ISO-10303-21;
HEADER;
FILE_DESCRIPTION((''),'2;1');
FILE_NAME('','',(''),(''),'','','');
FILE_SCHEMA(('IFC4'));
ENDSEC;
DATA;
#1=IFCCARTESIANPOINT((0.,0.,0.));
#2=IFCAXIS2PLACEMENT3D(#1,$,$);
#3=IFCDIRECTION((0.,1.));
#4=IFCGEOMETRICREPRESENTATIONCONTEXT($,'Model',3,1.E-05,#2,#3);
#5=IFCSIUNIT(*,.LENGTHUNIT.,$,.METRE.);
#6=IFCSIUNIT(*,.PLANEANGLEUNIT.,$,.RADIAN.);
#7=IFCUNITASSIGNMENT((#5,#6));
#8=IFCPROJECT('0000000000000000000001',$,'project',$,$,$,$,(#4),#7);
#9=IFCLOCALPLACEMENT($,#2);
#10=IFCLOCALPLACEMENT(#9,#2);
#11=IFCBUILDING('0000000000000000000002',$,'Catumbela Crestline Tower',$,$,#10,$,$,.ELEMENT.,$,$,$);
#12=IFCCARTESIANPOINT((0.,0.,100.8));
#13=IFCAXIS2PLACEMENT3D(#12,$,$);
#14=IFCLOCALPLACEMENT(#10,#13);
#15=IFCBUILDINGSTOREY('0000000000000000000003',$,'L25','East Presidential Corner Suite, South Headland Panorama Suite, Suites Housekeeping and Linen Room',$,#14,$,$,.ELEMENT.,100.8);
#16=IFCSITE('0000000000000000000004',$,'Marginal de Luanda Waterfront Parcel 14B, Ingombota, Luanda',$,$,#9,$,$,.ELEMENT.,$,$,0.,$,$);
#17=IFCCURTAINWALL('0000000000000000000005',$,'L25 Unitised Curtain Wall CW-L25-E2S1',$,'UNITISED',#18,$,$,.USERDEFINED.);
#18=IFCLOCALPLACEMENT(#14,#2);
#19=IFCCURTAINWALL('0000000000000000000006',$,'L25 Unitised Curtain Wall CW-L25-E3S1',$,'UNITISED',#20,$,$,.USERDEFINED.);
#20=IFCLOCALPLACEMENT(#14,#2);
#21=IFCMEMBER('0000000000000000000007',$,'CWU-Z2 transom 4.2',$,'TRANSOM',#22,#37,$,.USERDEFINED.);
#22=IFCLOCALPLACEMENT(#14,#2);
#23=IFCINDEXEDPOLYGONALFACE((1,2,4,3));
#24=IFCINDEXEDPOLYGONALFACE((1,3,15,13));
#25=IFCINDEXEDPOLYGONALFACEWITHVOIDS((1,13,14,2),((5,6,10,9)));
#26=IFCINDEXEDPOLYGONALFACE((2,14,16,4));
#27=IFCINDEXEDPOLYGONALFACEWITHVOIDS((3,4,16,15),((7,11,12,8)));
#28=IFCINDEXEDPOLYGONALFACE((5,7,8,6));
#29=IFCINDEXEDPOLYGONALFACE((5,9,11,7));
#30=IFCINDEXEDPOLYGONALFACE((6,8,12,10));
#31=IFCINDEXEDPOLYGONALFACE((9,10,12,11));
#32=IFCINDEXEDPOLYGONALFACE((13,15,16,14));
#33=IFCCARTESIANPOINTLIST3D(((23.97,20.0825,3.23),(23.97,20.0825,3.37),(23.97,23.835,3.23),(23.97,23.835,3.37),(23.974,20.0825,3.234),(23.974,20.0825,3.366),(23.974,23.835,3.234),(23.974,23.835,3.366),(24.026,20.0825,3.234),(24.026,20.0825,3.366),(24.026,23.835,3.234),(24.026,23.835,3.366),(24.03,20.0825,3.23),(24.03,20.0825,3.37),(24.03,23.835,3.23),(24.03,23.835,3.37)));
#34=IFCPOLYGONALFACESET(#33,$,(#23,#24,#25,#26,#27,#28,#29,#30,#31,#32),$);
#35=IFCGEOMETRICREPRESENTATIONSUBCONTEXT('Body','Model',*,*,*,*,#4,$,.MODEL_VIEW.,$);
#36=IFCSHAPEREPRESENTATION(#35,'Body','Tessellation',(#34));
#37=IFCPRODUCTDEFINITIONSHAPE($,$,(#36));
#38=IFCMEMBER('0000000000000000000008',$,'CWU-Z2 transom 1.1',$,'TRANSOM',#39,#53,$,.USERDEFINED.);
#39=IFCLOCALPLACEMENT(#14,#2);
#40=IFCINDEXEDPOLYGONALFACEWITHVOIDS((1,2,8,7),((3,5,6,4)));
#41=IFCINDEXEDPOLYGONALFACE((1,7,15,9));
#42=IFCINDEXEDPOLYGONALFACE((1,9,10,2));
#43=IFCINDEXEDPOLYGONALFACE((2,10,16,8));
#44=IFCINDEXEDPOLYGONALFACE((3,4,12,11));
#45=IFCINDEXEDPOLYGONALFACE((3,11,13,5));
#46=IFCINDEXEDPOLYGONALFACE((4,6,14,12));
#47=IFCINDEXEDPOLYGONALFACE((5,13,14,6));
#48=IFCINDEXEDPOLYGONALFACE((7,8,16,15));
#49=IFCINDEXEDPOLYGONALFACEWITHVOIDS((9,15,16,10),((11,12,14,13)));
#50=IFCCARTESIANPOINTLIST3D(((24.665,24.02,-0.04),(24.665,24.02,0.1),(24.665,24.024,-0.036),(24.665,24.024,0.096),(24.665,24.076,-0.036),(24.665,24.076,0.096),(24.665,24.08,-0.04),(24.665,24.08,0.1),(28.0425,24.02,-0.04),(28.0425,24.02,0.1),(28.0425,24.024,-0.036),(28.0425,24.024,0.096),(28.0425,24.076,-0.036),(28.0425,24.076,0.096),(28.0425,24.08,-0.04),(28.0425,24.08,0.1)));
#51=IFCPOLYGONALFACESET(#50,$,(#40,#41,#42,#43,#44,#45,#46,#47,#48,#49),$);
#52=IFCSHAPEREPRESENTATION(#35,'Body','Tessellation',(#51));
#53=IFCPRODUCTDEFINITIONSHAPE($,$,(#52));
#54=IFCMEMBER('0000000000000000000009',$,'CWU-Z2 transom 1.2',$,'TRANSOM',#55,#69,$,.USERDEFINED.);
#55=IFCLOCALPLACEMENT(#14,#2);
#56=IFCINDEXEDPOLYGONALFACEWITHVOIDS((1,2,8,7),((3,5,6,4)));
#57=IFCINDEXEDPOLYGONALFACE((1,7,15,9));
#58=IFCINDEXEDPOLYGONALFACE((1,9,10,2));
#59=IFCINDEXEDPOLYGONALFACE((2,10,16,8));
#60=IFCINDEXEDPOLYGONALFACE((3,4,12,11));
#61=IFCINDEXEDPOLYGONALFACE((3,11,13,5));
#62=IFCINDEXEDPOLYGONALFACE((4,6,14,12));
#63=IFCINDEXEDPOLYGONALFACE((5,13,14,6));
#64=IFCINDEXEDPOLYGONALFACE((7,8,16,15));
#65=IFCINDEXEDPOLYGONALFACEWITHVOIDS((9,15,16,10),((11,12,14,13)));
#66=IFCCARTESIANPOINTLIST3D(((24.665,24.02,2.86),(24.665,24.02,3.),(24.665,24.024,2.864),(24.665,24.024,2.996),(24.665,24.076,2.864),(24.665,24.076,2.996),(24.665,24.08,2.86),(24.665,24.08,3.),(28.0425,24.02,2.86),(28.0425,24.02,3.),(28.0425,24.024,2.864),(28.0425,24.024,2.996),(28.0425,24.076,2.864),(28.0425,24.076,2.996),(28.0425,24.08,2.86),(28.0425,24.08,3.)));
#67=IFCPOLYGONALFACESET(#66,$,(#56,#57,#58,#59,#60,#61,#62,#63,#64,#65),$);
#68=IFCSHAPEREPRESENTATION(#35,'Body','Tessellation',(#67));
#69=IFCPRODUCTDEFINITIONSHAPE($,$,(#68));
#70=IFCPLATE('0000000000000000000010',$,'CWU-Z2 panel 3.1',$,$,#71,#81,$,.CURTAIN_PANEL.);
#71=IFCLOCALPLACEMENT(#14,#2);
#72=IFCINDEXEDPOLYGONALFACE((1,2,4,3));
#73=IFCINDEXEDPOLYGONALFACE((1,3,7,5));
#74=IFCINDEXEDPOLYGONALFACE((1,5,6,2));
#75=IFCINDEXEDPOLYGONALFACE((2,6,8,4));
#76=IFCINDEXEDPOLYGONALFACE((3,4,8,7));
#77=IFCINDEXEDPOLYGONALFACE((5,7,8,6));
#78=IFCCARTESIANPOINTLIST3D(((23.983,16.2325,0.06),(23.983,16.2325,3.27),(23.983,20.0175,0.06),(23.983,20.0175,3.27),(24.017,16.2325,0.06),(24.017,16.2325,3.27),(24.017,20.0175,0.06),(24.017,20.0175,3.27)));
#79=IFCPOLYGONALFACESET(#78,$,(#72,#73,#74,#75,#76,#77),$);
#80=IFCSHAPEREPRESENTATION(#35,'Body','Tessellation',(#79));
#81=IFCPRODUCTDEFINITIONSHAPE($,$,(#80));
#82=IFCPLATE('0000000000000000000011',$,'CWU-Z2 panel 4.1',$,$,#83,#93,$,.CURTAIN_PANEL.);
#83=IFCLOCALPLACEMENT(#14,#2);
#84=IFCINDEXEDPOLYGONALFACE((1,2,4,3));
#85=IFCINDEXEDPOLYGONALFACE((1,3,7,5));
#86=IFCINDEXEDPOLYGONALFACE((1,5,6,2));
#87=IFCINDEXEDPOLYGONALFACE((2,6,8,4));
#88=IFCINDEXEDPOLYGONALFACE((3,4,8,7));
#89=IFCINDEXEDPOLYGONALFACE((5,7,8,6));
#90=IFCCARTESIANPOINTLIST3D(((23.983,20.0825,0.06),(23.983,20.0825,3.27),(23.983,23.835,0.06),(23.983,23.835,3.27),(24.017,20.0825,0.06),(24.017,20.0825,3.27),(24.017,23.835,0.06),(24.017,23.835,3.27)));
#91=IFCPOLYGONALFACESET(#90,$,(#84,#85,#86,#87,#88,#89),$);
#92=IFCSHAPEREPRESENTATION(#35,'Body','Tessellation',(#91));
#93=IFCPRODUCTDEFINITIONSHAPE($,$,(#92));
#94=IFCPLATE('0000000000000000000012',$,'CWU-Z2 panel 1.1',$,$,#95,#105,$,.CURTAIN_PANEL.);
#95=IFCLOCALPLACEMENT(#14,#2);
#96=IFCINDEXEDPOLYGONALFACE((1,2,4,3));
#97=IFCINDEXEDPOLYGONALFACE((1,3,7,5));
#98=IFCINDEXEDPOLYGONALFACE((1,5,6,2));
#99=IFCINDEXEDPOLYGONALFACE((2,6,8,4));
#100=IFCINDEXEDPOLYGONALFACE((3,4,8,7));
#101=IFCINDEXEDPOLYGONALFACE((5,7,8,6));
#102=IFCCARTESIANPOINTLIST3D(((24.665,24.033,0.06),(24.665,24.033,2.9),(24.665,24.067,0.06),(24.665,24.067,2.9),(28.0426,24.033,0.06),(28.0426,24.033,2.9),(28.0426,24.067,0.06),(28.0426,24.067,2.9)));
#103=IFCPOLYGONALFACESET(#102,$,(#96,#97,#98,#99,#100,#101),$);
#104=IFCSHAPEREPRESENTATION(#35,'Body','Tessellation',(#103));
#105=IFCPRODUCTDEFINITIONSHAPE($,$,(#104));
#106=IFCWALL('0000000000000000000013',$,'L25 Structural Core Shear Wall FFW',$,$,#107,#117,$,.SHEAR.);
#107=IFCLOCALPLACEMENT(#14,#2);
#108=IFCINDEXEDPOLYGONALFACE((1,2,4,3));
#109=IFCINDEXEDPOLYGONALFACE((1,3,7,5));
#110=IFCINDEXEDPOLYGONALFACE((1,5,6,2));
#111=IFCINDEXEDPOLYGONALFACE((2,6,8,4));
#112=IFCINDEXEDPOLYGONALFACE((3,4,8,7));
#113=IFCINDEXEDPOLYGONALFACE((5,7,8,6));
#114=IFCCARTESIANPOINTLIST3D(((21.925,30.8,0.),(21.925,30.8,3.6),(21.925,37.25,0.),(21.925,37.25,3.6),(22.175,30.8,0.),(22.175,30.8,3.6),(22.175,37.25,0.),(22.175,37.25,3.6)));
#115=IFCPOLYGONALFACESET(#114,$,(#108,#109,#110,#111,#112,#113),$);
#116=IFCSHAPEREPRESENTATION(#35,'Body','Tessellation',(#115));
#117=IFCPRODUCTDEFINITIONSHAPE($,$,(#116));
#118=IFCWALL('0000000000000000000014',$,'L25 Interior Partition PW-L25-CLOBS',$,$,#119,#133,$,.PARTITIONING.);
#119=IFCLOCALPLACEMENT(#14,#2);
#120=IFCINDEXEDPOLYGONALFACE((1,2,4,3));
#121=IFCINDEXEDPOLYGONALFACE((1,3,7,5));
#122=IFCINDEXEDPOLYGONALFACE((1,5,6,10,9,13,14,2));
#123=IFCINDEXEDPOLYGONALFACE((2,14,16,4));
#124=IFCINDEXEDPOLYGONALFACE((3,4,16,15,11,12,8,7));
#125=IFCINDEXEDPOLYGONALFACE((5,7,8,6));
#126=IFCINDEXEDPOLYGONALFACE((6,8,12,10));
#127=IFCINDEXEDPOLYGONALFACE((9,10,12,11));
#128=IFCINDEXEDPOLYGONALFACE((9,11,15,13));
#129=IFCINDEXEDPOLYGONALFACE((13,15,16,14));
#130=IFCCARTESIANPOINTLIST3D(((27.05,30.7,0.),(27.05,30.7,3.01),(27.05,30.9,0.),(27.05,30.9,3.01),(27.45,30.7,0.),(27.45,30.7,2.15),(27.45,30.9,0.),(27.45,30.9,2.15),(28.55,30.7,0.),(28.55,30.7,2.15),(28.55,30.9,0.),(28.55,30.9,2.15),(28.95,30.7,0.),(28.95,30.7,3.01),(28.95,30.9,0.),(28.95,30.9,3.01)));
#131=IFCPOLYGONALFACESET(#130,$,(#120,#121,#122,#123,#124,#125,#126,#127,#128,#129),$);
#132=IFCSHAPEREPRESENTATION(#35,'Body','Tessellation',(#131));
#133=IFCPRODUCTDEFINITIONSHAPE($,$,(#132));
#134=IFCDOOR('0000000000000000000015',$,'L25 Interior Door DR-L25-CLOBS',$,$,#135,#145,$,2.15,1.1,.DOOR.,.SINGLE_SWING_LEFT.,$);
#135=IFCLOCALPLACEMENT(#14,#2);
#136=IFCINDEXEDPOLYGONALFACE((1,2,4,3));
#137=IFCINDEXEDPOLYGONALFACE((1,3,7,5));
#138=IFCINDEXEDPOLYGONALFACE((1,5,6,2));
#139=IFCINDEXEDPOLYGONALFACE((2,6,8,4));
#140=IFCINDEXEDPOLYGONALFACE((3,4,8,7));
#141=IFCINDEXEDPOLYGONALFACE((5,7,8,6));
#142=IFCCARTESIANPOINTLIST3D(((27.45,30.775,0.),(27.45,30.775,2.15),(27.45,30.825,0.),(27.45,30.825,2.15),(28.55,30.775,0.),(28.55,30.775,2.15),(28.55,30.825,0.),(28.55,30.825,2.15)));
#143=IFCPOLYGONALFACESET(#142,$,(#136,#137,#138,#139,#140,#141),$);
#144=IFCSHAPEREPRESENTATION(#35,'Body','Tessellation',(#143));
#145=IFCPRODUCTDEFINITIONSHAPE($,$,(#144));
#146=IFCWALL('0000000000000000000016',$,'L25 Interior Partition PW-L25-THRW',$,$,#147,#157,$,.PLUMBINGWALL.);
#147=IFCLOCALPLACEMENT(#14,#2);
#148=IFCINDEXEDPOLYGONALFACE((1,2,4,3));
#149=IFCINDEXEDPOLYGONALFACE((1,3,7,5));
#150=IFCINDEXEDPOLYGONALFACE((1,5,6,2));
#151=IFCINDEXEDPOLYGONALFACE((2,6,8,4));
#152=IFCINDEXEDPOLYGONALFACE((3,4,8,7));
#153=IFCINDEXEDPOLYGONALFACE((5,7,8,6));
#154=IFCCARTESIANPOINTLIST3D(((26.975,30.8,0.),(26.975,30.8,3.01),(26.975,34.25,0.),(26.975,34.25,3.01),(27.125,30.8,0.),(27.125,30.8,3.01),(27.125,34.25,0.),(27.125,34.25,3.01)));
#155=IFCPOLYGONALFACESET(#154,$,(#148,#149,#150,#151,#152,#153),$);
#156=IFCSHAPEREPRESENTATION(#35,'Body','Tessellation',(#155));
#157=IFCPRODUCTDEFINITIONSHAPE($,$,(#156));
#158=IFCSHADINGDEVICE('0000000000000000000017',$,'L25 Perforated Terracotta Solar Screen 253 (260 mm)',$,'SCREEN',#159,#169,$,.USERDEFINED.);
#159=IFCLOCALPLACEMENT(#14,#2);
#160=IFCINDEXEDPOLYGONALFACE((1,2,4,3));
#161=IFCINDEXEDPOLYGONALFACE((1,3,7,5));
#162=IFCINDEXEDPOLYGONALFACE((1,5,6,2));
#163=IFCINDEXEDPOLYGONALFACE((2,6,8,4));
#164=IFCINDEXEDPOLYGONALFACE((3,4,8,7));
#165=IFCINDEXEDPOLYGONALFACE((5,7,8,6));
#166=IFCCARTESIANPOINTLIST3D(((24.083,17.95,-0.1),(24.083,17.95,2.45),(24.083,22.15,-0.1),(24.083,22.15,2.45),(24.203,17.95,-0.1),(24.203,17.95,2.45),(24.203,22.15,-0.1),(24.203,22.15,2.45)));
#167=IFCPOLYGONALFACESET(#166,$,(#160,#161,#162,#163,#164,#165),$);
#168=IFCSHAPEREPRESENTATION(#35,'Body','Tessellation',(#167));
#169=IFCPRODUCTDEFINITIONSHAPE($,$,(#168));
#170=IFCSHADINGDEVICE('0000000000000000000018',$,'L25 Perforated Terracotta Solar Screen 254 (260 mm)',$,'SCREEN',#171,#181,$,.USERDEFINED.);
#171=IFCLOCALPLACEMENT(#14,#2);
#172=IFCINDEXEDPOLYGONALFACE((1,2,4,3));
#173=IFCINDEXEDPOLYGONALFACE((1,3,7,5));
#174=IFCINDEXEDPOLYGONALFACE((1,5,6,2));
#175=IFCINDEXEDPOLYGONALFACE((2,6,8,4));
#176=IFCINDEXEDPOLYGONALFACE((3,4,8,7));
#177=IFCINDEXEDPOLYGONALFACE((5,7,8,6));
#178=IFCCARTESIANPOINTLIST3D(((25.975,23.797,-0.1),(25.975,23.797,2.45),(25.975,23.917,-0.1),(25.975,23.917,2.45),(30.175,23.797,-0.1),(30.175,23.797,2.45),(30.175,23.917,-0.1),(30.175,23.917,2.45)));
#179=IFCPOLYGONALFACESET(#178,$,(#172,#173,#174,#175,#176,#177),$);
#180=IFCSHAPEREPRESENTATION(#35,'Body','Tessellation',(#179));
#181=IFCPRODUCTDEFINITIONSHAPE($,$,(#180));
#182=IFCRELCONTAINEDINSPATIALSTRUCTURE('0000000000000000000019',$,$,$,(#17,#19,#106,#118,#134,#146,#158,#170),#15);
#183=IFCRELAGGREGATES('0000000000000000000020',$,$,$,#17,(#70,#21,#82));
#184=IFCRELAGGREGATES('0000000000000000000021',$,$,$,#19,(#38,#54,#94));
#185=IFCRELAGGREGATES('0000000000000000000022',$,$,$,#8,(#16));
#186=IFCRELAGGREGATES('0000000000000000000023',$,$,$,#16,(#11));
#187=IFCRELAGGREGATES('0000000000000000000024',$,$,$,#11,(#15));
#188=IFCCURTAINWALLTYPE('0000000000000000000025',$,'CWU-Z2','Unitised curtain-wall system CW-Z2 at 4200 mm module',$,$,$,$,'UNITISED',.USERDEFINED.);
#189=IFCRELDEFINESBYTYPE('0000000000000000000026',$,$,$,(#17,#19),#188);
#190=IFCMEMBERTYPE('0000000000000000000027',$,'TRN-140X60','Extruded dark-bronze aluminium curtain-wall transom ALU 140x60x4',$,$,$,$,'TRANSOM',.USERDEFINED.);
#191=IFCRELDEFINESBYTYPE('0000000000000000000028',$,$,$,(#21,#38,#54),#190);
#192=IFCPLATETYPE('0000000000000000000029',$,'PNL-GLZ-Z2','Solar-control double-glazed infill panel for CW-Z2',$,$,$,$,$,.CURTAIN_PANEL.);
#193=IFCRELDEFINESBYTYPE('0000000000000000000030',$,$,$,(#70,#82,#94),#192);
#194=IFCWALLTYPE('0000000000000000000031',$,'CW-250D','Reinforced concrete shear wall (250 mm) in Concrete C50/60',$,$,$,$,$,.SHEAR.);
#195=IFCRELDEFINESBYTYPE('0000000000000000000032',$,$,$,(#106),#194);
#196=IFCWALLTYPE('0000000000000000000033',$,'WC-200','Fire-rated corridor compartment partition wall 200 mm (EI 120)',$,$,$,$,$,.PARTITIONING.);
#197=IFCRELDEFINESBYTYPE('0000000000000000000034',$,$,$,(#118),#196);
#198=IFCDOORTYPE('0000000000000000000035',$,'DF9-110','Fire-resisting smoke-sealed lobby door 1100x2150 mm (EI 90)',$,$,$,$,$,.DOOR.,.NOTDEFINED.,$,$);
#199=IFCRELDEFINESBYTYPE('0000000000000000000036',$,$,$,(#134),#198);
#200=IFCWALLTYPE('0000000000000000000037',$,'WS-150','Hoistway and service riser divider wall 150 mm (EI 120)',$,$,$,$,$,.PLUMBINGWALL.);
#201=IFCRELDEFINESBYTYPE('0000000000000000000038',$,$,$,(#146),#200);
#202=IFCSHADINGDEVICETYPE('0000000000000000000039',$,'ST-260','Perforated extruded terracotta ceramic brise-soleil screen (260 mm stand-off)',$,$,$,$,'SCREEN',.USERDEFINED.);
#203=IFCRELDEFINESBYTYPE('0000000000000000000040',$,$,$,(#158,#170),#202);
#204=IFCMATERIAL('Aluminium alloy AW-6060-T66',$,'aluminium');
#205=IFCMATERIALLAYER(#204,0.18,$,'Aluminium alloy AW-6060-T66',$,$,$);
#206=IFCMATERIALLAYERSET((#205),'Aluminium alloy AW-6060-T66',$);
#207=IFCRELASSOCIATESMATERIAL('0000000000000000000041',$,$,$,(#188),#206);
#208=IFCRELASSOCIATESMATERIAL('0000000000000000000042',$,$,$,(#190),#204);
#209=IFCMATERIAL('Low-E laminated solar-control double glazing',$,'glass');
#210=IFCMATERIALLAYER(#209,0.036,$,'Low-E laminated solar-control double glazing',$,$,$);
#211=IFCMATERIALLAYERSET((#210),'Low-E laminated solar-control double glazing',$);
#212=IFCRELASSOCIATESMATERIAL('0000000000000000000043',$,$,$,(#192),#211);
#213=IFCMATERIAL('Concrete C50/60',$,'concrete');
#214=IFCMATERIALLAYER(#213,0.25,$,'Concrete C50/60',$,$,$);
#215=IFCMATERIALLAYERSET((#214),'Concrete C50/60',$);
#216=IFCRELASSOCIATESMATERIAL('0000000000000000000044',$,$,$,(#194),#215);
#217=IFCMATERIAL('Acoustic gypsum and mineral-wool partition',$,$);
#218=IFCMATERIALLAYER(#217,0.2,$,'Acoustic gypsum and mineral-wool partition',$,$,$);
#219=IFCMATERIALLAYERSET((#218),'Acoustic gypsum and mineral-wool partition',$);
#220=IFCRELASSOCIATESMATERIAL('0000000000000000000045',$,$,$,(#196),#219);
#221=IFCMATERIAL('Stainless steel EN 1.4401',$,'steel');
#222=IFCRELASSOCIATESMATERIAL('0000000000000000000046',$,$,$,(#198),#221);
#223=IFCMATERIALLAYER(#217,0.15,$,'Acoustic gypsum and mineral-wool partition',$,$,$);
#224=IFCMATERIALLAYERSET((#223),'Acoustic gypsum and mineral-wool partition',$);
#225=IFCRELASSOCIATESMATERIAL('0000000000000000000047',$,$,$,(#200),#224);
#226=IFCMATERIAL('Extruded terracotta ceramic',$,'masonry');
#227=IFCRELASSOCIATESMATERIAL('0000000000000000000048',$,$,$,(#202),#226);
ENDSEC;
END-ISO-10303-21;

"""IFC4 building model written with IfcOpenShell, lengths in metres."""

from ifc_helpers import new_model, si_unit, direction, frame, frame_2d, origin, origin_2d, place, context, subcontext, project, spatial, rectangle, hollow_rectangle, extrude, material, layer, layer_set, material_profile, profile_set, type_object, element, fill, aggregate, save


model = new_model("IFC4")

# Units and contexts
model_context = context("Model", 3, precision=1e-05, world=origin(), true_north=direction((0.0, 1.0)))
body_context = subcontext(model_context, "Body", "Model", "MODEL_VIEW")
ifc_project = project(units=[si_unit("LENGTHUNIT", "METRE"), si_unit("PLANEANGLEUNIT", "RADIAN")], contexts=[model_context])

# Site, building, storey
site_placement = place(None, origin())
site = spatial("IfcSite", under=ifc_project, at=site_placement, Name="Marginal de Luanda Waterfront Parcel 14B, Ingombota, Luanda", CompositionType="ELEMENT", RefElevation=0.0)
building_placement = place(site_placement, origin())
building = spatial("IfcBuilding", under=site, at=building_placement, Name="Catumbela Crestline Tower", CompositionType="ELEMENT")
storey_placement = place(building_placement, frame((0.0, 0.0, 100.8)))
storey = spatial("IfcBuildingStorey", under=building, at=storey_placement, Name="L25", Description="East Presidential Corner Suite, South Headland Panorama Suite, Suites Housekeeping and Linen Room", CompositionType="ELEMENT", Elevation=100.8)

# Shared definitions
ifc_material_1 = material(Name="Concrete C50/60", Category="concrete")

# Curtain walls
ifc_material_2 = material(Name="Aluminium alloy AW-6060-T66", Category="aluminium")
ifc_layer_1 = layer(ifc_material_2, 0.18, Name="Aluminium alloy AW-6060-T66")
ifc_layer_set_1 = layer_set([ifc_layer_1], Name="Aluminium alloy AW-6060-T66")
curtain_wall_type = type_object("IfcCurtainWallType", Name="CWU-Z2", Description="Unitised curtain-wall system CW-Z2 at 4200 mm module", ElementType="UNITISED", PredefinedType="USERDEFINED", material=ifc_layer_set_1)
curtain_wall_1_placement = place(storey_placement, origin())
curtain_wall_1 = element("IfcCurtainWall", 1, at=curtain_wall_1_placement, inside=storey, type_object=curtain_wall_type, Name="L25 Unitised Curtain Wall CW-L25-E2S1", ObjectType="UNITISED", PredefinedType="USERDEFINED")
curtain_wall_2_placement = place(storey_placement, origin())
curtain_wall_2 = element("IfcCurtainWall", 2, at=curtain_wall_2_placement, inside=storey, type_object=curtain_wall_type, Name="L25 Unitised Curtain Wall CW-L25-E3S1", ObjectType="UNITISED", PredefinedType="USERDEFINED")

# Members
ifc_material_profile_1 = material_profile(ifc_material_2, hollow_rectangle(XDim=0.06, YDim=0.14, WallThickness=0.004, at=origin_2d()), Name="ALU 140x60x4")
ifc_profile_set_1 = profile_set([ifc_material_profile_1], Name="Aluminium alloy AW-6060-T66")
member_type_1 = type_object("IfcMemberType", Name="TRN-140X60", Description="Extruded dark-bronze aluminium curtain-wall transom ALU 140x60x4", ElementType="TRANSOM", PredefinedType="USERDEFINED", material=ifc_profile_set_1)
member_1_placement = place(storey_placement, frame((24.0, 20.0825, 3.3), z_axis=(0.0, 1.0, 0.0), x_axis=(-1.0, 0.0, 0.0)))
member_1 = element("IfcMember", 3, at=member_1_placement, type_object=member_type_1, Name="CWU-Z2 transom 4.2", ObjectType="TRANSOM", PredefinedType="USERDEFINED", context=body_context, shape_type="SweptSolid", body=[
    extrude(hollow_rectangle(XDim=0.06, YDim=0.14, WallThickness=0.004, at=origin_2d()), origin(), (0.0, 0.0, 1.0), 3.7525),
])
member_2_placement = place(storey_placement, frame((24.665, 24.05, 0.03), z_axis=(1.0, 0.0, 0.0), x_axis=(0.0, 1.0, 0.0)))
member_2 = element("IfcMember", 4, at=member_2_placement, type_object=member_type_1, Name="CWU-Z2 transom 1.1", ObjectType="TRANSOM", PredefinedType="USERDEFINED", context=body_context, shape_type="SweptSolid", body=[
    extrude(hollow_rectangle(XDim=0.06, YDim=0.14, WallThickness=0.004, at=origin_2d()), origin(), (0.0, 0.0, 1.0), 3.3775),
])
member_3_placement = place(storey_placement, frame((24.665, 24.05, 2.93), z_axis=(1.0, 0.0, 0.0), x_axis=(0.0, 1.0, 0.0)))
member_3 = element("IfcMember", 5, at=member_3_placement, type_object=member_type_1, Name="CWU-Z2 transom 1.2", ObjectType="TRANSOM", PredefinedType="USERDEFINED", context=body_context, shape_type="SweptSolid", body=[
    extrude(hollow_rectangle(XDim=0.06, YDim=0.14, WallThickness=0.004, at=origin_2d()), origin(), (0.0, 0.0, 1.0), 3.3775),
])

# Plates
ifc_material_3 = material(Name="Low-E laminated solar-control double glazing", Category="glass")
ifc_layer_2 = layer(ifc_material_3, 0.036, Name="Low-E laminated solar-control double glazing")
ifc_layer_set_2 = layer_set([ifc_layer_2], Name="Low-E laminated solar-control double glazing")
plate_type = type_object("IfcPlateType", Name="PNL-GLZ-Z2", Description="Solar-control double-glazed infill panel for CW-Z2", PredefinedType="CURTAIN_PANEL", material=ifc_layer_set_2)
plate_1_placement = place(storey_placement, frame((24.0, 18.125, 0.06), z_axis=(0.0, 0.0, 1.0), x_axis=(0.0, 1.0, 0.0)))
plate_1 = element("IfcPlate", 6, at=plate_1_placement, type_object=plate_type, Name="CWU-Z2 panel 3.1", PredefinedType="CURTAIN_PANEL", context=body_context, shape_type="SweptSolid", body=[
    extrude(rectangle(XDim=3.785, YDim=0.034, at=origin_2d()), origin(), (0.0, 0.0, 1.0), 3.21),
])
plate_2_placement = place(storey_placement, frame((24.0, 21.9587, 0.06), z_axis=(0.0, 0.0, 1.0), x_axis=(0.0, 1.0, 0.0)))
plate_2 = element("IfcPlate", 7, at=plate_2_placement, type_object=plate_type, Name="CWU-Z2 panel 4.1", PredefinedType="CURTAIN_PANEL", context=body_context, shape_type="SweptSolid", body=[
    extrude(rectangle(XDim=3.7525, YDim=0.034, at=origin_2d()), origin(), (0.0, 0.0, 1.0), 3.21),
])
aggregate(curtain_wall_1, [plate_1, member_1, plate_2])
plate_3_placement = place(storey_placement, frame((26.3538, 24.05, 0.06), z_axis=(0.0, 0.0, 1.0), x_axis=(1.0, 0.0, 0.0)))
plate_3 = element("IfcPlate", 8, at=plate_3_placement, type_object=plate_type, Name="CWU-Z2 panel 1.1", PredefinedType="CURTAIN_PANEL", context=body_context, shape_type="SweptSolid", body=[
    extrude(rectangle(XDim=3.3775, YDim=0.034, at=origin_2d()), origin(), (0.0, 0.0, 1.0), 2.84),
])
aggregate(curtain_wall_2, [member_2, member_3, plate_3])

# Wall
ifc_layer_3 = layer(ifc_material_1, 0.25, Name="Concrete C50/60")
ifc_layer_set_3 = layer_set([ifc_layer_3], Name="Concrete C50/60")
wall_type_1 = type_object("IfcWallType", Name="CW-250D", Description="Reinforced concrete shear wall (250 mm) in Concrete C50/60", PredefinedType="SHEAR", material=ifc_layer_set_3)
wall_1_placement = place(storey_placement, frame((22.05, 30.8, 0.0), z_axis=(0.0, 0.0, 1.0), x_axis=(0.0, 1.0, 0.0)))
element("IfcWall", 9, at=wall_1_placement, inside=storey, type_object=wall_type_1, Name="L25 Structural Core Shear Wall FFW", PredefinedType="SHEAR", context=body_context, shape_type="SweptSolid", body=[
    extrude(rectangle(XDim=6.45, YDim=0.25, at=frame_2d((3.225, 0.0))), origin(), (0.0, 0.0, 1.0), 3.6),
])

# Wall, opening, door
ifc_material_4 = material(Name="Acoustic gypsum and mineral-wool partition")
ifc_layer_4 = layer(ifc_material_4, 0.2, Name="Acoustic gypsum and mineral-wool partition")
ifc_layer_set_4 = layer_set([ifc_layer_4], Name="Acoustic gypsum and mineral-wool partition")
wall_type_2 = type_object("IfcWallType", Name="WC-200", Description="Fire-rated corridor compartment partition wall 200 mm (EI 120)", PredefinedType="PARTITIONING", material=ifc_layer_set_4)
wall_2_placement = place(storey_placement, frame((27.05, 30.8, 0.0), z_axis=(0.0, 0.0, 1.0), x_axis=(1.0, 0.0, 0.0)))
wall_2 = element("IfcWall", 10, at=wall_2_placement, inside=storey, type_object=wall_type_2, Name="L25 Interior Partition PW-L25-CLOBS", PredefinedType="PARTITIONING", context=body_context, shape_type="SweptSolid", body=[
    extrude(rectangle(XDim=1.9, YDim=0.2, at=frame_2d((0.95, 0.0))), origin(), (0.0, 0.0, 1.0), 3.01),
])
opening_placement = place(wall_2_placement, frame((0.4, 0.0, 0.0)))
opening = element("IfcOpeningElement", 11, at=opening_placement, cuts=wall_2, PredefinedType="OPENING", context=body_context, shape_type="SweptSolid", body=[
    extrude(rectangle(XDim=1.1, YDim=2.15, at=frame_2d((0.55, 1.075))), frame((0.0, 0.11, 0.0), z_axis=(0.0, -1.0, 0.0), x_axis=(1.0, 0.0, 0.0)), (0.0, 0.0, 1.0), 0.22),
])
ifc_material_5 = material(Name="Stainless steel EN 1.4401", Category="steel")
door_type = type_object("IfcDoorType", Name="DF9-110", Description="Fire-resisting smoke-sealed lobby door 1100x2150 mm (EI 90)", OperationType="NOTDEFINED", PredefinedType="DOOR", material=ifc_material_5)
door_placement = place(opening_placement, origin())
door = element("IfcDoor", 12, at=door_placement, inside=storey, type_object=door_type, Name="L25 Interior Door DR-L25-CLOBS", OperationType="SINGLE_SWING_LEFT", OverallHeight=2.15, OverallWidth=1.1, PredefinedType="DOOR", context=body_context, shape_type="SweptSolid", body=[
    extrude(rectangle(XDim=1.1, YDim=2.15, at=frame_2d((0.55, 1.075))), frame((0.0, 0.025, 0.0), z_axis=(0.0, -1.0, 0.0), x_axis=(1.0, 0.0, 0.0)), (0.0, 0.0, 1.0), 0.05),
])
fill(opening, door)

# Wall
ifc_layer_5 = layer(ifc_material_4, 0.15, Name="Acoustic gypsum and mineral-wool partition")
ifc_layer_set_5 = layer_set([ifc_layer_5], Name="Acoustic gypsum and mineral-wool partition")
wall_type_3 = type_object("IfcWallType", Name="WS-150", Description="Hoistway and service riser divider wall 150 mm (EI 120)", PredefinedType="PLUMBINGWALL", material=ifc_layer_set_5)
wall_3_placement = place(storey_placement, frame((27.05, 30.8, 0.0), z_axis=(0.0, 0.0, 1.0), x_axis=(0.0, 1.0, 0.0)))
element("IfcWall", 13, at=wall_3_placement, inside=storey, type_object=wall_type_3, Name="L25 Interior Partition PW-L25-THRW", PredefinedType="PLUMBINGWALL", context=body_context, shape_type="SweptSolid", body=[
    extrude(rectangle(XDim=3.45, YDim=0.15, at=frame_2d((1.725, 0.0))), origin(), (0.0, 0.0, 1.0), 3.01),
])

# Shading devices
ifc_material_6 = material(Name="Extruded terracotta ceramic", Category="masonry")
shading_device_type = type_object("IfcShadingDeviceType", Name="ST-260", Description="Perforated extruded terracotta ceramic brise-soleil screen (260 mm stand-off)", ElementType="SCREEN", PredefinedType="USERDEFINED", material=ifc_material_6)
for number, where, z_axis, x_axis, name in (
    (14, (24.143, 20.05, -0.1), (0.0, 0.0, 1.0), (0.0, 1.0, 0.0), "L25 Perforated Terracotta Solar Screen 253 (260 mm)"),
    (15, (28.075, 23.857, -0.1), (0.0, 0.0, 1.0), (1.0, 0.0, 0.0), "L25 Perforated Terracotta Solar Screen 254 (260 mm)"),
):
    element("IfcShadingDevice", number, at=place(storey_placement, frame(where, z_axis=z_axis, x_axis=x_axis)), inside=storey, type_object=shading_device_type, Name=name, ObjectType="SCREEN", PredefinedType="USERDEFINED", context=body_context, shape_type="SweptSolid", body=[
        extrude(rectangle(XDim=4.2, YDim=0.12, at=origin_2d()), origin(), (0.0, 0.0, 1.0), 2.55),
    ])

save(model, "model.ifc")
